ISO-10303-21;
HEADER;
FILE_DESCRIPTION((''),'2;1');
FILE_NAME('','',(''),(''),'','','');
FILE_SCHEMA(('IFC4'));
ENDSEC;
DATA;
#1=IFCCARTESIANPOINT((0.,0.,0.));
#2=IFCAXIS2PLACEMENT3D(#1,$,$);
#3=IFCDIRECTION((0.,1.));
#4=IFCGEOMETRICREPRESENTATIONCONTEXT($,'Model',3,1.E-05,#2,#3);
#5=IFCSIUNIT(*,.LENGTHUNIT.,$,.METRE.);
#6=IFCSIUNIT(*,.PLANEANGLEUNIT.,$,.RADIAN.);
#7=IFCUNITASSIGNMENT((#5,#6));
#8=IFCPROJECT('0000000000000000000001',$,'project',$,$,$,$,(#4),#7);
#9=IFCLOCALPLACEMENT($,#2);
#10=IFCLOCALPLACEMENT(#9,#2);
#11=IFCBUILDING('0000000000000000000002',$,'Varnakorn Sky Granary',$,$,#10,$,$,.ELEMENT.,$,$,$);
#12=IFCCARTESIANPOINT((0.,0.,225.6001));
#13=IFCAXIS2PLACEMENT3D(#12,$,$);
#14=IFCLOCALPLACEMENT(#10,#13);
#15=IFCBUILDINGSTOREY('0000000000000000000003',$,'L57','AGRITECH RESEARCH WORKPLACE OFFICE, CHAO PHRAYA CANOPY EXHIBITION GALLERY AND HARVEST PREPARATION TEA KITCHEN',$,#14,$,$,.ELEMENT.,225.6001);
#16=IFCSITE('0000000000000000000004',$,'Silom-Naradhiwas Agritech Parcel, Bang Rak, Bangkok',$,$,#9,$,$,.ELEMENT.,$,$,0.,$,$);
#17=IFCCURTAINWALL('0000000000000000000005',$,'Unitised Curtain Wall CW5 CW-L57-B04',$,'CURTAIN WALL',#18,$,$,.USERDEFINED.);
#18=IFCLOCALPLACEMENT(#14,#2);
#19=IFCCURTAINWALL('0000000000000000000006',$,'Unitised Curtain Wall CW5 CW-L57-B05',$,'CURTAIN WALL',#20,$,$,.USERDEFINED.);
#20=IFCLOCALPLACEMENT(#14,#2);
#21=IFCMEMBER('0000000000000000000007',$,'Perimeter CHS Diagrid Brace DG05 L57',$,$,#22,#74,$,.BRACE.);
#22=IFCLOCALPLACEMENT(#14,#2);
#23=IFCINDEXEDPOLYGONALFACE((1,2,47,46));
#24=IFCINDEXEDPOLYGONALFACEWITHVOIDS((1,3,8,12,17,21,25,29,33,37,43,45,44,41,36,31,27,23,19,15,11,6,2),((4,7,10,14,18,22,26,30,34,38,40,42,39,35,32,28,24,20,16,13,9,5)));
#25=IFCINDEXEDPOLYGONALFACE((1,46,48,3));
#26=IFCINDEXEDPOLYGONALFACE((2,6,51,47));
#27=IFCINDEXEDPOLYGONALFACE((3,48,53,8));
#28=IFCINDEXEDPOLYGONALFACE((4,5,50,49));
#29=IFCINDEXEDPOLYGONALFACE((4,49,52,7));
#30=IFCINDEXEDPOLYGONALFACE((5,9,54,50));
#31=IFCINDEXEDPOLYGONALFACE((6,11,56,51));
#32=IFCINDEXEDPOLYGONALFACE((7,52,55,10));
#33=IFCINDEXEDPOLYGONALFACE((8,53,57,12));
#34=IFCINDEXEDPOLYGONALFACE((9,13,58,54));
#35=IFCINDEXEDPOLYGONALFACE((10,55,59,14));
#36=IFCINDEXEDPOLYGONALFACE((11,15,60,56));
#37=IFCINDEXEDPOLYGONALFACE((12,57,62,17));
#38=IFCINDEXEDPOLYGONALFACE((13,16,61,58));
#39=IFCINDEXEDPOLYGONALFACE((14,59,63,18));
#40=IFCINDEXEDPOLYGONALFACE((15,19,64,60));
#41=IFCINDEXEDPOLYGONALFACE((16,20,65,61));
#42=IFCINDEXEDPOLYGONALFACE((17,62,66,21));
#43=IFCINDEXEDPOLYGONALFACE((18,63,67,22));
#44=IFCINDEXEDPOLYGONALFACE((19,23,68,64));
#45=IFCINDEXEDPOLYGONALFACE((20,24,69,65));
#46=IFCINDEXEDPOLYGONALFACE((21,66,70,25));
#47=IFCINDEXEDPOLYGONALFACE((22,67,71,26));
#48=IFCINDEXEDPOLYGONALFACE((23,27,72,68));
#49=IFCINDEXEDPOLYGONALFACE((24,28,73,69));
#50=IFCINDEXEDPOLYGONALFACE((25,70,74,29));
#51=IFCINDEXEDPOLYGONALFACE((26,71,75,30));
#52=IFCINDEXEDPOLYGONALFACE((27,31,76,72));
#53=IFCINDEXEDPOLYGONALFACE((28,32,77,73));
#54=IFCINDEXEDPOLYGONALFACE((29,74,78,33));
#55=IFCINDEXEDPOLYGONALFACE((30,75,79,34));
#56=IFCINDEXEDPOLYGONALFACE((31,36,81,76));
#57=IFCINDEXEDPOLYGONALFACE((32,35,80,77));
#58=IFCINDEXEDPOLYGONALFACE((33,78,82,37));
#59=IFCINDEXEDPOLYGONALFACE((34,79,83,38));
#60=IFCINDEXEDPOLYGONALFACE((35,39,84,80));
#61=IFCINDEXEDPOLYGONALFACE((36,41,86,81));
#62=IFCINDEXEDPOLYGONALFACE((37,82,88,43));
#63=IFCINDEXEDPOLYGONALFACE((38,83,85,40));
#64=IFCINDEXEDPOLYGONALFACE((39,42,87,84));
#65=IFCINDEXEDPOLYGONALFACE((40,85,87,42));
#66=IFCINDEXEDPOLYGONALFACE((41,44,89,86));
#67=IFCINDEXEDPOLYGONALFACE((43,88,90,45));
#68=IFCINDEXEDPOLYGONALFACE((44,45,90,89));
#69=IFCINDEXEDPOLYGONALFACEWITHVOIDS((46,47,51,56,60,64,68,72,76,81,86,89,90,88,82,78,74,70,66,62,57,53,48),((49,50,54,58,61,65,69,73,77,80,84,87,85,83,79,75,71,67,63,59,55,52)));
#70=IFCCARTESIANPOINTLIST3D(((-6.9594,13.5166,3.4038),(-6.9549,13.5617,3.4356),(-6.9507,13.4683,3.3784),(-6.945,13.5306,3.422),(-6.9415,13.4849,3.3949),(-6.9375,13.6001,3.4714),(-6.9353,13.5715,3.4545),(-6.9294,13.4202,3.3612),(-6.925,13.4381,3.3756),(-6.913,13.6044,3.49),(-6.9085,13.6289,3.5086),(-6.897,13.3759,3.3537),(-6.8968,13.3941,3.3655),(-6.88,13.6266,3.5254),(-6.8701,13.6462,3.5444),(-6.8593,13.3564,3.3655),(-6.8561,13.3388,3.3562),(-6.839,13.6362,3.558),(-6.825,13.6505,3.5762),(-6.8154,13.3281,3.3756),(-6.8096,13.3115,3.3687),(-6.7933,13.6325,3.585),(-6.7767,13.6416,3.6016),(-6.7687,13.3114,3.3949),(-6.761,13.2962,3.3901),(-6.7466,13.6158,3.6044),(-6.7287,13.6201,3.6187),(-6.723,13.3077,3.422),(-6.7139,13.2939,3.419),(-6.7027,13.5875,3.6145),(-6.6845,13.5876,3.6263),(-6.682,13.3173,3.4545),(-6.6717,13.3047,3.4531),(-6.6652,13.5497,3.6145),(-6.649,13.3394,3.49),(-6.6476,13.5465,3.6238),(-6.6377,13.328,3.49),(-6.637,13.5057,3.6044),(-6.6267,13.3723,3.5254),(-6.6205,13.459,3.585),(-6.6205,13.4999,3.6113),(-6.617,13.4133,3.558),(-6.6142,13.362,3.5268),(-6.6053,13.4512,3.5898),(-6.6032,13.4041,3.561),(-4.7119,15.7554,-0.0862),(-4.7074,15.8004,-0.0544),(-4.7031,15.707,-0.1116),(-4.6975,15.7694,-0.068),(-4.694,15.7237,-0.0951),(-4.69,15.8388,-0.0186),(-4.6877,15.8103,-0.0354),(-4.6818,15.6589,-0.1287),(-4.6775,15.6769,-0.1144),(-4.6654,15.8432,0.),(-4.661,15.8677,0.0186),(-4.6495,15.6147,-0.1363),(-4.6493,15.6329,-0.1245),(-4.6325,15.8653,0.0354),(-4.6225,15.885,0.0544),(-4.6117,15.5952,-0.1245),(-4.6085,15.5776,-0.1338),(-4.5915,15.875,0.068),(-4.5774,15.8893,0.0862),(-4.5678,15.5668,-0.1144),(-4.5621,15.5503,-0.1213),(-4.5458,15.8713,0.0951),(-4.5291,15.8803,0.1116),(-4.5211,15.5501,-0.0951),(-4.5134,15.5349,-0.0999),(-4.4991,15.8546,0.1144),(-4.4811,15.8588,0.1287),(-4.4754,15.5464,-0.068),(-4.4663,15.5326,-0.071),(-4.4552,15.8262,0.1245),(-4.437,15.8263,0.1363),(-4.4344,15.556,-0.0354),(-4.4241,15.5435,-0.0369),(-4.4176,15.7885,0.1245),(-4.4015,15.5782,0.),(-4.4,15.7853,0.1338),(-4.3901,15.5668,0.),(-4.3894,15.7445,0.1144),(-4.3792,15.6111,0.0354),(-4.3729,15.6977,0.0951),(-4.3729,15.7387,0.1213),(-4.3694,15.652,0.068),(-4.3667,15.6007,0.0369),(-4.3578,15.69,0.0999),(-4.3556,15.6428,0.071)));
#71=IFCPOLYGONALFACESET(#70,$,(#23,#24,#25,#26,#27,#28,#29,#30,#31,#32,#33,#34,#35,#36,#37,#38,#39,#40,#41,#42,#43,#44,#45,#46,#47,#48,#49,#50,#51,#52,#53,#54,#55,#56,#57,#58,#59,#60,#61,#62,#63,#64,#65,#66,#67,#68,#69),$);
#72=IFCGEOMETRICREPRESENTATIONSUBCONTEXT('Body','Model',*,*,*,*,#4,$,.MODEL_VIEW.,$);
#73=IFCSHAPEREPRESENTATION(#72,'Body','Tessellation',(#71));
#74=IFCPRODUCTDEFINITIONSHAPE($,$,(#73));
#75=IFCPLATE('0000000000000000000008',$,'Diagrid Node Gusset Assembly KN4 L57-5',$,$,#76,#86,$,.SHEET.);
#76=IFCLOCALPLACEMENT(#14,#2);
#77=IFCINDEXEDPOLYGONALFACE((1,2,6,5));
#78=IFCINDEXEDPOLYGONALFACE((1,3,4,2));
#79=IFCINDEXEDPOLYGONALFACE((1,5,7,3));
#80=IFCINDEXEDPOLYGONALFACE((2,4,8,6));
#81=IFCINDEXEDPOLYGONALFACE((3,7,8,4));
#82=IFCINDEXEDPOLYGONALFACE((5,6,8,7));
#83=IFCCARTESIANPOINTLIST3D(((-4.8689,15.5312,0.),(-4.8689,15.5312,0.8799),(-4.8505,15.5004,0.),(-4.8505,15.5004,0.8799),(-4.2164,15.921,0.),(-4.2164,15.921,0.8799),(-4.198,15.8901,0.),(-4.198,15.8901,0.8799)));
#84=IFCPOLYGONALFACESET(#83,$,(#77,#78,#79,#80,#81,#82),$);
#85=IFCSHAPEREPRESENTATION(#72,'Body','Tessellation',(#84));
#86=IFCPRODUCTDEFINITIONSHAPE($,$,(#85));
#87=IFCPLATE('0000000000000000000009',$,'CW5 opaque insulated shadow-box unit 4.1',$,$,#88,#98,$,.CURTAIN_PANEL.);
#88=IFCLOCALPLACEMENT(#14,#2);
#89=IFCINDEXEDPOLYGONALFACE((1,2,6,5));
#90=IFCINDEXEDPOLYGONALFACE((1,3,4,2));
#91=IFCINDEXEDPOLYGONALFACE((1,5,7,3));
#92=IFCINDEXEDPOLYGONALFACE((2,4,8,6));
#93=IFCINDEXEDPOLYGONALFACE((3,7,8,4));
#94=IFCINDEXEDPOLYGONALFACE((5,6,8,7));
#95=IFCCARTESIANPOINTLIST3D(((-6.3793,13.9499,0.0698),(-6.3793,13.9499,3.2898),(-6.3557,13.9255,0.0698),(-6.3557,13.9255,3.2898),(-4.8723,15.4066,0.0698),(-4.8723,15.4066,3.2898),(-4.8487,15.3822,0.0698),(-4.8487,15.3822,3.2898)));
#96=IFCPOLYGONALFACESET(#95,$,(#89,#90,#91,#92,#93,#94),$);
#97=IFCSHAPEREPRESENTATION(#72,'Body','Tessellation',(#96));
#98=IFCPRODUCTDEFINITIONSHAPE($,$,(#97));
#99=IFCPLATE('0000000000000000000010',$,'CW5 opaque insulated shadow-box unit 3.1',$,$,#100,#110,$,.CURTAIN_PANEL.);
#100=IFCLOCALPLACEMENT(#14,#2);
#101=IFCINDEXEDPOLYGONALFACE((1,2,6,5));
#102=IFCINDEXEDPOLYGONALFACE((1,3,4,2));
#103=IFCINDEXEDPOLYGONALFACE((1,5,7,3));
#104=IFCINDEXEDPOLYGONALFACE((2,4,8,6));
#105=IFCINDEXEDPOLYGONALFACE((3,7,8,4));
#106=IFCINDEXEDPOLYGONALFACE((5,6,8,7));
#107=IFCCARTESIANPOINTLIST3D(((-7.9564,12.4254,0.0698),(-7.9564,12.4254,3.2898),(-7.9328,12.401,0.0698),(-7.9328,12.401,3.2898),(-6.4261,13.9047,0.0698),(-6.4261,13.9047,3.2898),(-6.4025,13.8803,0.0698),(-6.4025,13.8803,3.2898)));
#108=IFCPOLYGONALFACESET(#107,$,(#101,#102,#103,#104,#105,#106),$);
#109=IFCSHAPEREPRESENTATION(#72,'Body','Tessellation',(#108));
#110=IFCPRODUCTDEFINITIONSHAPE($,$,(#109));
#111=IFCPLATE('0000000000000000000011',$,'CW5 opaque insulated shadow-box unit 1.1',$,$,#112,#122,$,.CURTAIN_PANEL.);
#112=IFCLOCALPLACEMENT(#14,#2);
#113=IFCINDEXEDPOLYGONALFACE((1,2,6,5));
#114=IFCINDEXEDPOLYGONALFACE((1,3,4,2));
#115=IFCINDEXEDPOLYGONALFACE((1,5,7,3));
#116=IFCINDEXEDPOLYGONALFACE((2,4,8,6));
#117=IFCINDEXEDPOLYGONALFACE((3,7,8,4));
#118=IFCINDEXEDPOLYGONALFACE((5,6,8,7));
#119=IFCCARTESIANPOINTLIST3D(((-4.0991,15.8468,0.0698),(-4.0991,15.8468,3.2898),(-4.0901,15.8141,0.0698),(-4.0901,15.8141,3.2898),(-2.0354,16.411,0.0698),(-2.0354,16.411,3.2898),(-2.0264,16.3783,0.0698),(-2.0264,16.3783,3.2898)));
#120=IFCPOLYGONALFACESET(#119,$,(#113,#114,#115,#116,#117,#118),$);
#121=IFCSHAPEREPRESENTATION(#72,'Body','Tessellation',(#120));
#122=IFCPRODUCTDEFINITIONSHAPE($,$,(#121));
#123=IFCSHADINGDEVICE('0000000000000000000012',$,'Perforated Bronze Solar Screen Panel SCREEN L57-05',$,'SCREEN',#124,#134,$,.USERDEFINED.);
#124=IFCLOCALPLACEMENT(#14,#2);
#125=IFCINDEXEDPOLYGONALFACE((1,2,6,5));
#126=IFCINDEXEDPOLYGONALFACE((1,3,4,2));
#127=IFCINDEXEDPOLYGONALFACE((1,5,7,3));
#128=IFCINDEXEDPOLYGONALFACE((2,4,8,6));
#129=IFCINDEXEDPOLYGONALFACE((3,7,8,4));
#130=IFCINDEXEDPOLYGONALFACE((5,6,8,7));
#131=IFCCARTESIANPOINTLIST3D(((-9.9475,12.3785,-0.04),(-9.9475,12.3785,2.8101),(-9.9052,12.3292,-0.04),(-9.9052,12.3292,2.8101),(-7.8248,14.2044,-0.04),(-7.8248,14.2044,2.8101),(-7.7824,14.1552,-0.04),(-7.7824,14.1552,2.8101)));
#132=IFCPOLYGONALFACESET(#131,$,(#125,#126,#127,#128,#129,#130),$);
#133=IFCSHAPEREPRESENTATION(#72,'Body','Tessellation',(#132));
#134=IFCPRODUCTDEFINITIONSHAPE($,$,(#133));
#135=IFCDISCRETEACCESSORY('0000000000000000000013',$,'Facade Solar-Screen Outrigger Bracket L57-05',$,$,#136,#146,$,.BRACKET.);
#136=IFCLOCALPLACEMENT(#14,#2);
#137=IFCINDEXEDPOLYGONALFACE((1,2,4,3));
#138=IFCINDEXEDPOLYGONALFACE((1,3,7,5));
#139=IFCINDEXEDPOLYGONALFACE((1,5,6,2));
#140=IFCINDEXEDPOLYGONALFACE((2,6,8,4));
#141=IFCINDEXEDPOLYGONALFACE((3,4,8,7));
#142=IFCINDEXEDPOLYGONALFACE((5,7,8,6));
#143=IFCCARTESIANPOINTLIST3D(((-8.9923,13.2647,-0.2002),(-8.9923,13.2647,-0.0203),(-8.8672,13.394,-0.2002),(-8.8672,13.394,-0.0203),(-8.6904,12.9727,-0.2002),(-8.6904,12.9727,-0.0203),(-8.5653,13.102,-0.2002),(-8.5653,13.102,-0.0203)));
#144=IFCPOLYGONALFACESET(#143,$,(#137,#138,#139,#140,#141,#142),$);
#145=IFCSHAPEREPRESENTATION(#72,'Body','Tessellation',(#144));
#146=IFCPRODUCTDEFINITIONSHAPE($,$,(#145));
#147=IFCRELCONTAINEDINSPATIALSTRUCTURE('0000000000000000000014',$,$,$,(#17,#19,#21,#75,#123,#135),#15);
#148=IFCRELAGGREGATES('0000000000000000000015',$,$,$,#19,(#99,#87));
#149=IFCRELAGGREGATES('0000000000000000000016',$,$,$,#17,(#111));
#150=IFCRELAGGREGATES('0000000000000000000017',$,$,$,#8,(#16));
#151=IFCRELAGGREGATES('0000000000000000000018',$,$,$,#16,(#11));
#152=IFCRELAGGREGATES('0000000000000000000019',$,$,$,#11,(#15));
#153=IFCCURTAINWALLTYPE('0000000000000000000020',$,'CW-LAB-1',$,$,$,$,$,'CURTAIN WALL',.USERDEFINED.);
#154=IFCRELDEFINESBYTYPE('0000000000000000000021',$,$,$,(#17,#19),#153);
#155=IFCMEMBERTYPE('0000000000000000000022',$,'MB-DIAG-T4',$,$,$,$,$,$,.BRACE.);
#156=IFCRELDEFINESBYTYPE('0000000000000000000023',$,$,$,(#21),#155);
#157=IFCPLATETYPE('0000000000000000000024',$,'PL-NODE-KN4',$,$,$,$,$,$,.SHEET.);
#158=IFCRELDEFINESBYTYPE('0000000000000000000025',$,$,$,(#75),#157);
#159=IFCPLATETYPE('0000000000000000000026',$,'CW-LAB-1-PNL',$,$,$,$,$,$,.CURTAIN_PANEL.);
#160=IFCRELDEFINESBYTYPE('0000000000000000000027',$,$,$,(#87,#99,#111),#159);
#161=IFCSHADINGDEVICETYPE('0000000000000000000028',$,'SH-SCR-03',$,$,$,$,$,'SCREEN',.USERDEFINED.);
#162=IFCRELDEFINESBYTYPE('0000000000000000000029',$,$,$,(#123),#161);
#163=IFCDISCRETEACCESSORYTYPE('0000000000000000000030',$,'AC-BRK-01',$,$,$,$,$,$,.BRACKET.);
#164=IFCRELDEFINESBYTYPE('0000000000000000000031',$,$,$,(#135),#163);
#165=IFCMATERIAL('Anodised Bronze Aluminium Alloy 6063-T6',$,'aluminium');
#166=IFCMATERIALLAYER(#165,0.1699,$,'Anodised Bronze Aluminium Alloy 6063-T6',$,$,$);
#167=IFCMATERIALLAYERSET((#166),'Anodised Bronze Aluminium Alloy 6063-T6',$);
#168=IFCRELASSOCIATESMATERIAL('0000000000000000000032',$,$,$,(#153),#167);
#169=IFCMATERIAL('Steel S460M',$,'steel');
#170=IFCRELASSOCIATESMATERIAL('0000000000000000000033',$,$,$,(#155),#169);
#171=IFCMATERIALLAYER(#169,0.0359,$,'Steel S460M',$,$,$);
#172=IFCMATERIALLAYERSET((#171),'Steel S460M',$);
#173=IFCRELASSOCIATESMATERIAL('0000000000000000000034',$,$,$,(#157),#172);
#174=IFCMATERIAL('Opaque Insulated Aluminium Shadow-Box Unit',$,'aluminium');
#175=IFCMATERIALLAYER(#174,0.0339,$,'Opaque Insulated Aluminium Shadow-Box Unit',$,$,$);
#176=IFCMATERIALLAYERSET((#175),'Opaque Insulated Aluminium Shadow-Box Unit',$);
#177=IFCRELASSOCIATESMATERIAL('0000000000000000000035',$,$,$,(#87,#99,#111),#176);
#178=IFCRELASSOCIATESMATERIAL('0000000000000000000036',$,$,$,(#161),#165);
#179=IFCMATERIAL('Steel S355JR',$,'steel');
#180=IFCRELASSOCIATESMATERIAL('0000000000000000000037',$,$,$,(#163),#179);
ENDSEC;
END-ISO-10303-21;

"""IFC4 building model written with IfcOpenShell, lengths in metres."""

from ifc_helpers import new_model, si_unit, direction, frame, origin, origin_2d, place, context, subcontext, project, spatial, rectangle, hollow_circle, extrude, source, transform, mapped, material, layer, layer_set, material_profile, profile_set, type_object, type_shapes, element, aggregate, save


model = new_model("IFC4")

# Units and contexts
model_context = context("Model", 3, precision=1e-05, world=origin(), true_north=direction((0.0, 1.0)))
body_context = subcontext(model_context, "Body", "Model", "MODEL_VIEW")
ifc_project = project(units=[si_unit("LENGTHUNIT", "METRE"), si_unit("PLANEANGLEUNIT", "RADIAN")], contexts=[model_context])

# Site, building, storey
site_placement = place(None, origin())
site = spatial("IfcSite", under=ifc_project, at=site_placement, Name="Silom-Naradhiwas Agritech Parcel, Bang Rak, Bangkok", CompositionType="ELEMENT", RefElevation=0.0)
building_placement = place(site_placement, origin())
building = spatial("IfcBuilding", under=site, at=building_placement, Name="Varnakorn Sky Granary", CompositionType="ELEMENT")
storey_placement = place(building_placement, frame((0.0, 0.0, 225.6001)))
storey = spatial("IfcBuildingStorey", under=building, at=storey_placement, Name="L57", Description="AGRITECH RESEARCH WORKPLACE OFFICE, CHAO PHRAYA CANOPY EXHIBITION GALLERY AND HARVEST PREPARATION TEA KITCHEN", CompositionType="ELEMENT", Elevation=225.6001)

# Shared definitions
ifc_material_1 = material(Name="Steel S460M", Category="steel")

# Shared definitions
ifc_material_2 = material(Name="Steel S355JR", Category="steel")

# Curtain wall
ifc_material_3 = material(Name="Anodised Bronze Aluminium Alloy 6063-T6", Category="aluminium")
ifc_layer_1 = layer(ifc_material_3, 0.1699, Name="Anodised Bronze Aluminium Alloy 6063-T6")
ifc_layer_set_1 = layer_set([ifc_layer_1], Name="Anodised Bronze Aluminium Alloy 6063-T6")
curtain_wall_type = type_object("IfcCurtainWallType", Name="CW-LAB-1", ElementType="CURTAIN WALL", PredefinedType="USERDEFINED", material=ifc_layer_set_1)
curtain_wall_1_placement = place(storey_placement, origin())
curtain_wall_1 = element("IfcCurtainWall", 1, at=curtain_wall_1_placement, inside=storey, type_object=curtain_wall_type, Name="Unitised Curtain Wall CW5 CW-L57-B04", ObjectType="CURTAIN WALL", PredefinedType="USERDEFINED")

# Curtain wall
curtain_wall_2_placement = place(storey_placement, origin())
curtain_wall_2 = element("IfcCurtainWall", 2, at=curtain_wall_2_placement, inside=storey, type_object=curtain_wall_type, Name="Unitised Curtain Wall CW5 CW-L57-B05", ObjectType="CURTAIN WALL", PredefinedType="USERDEFINED")

# Member
ifc_material_profile_1 = material_profile(ifc_material_1, hollow_circle(Radius=0.2031, WallThickness=0.0161, at=origin_2d()), Name="CHS 406.4x16")
ifc_profile_set_1 = profile_set([ifc_material_profile_1], Name="Steel S460M")
member_type_1 = type_object("IfcMemberType", Name="MB-DIAG-T4", PredefinedType="BRACE", material=ifc_profile_set_1)
member_1_placement = place(storey_placement, frame((-4.5334, 15.7107, 0.0), z_axis=(-0.47655, -0.474686, 0.739982), x_axis=(0.70572, -0.708491, 0.0)))
element("IfcMember", 3, at=member_1_placement, inside=storey, type_object=member_type_1, Name="Perimeter CHS Diagrid Brace DG05 L57", PredefinedType="BRACE", context=body_context, shape_type="SweptSolid", body=[
    extrude(hollow_circle(Radius=0.2031, WallThickness=0.0161, at=origin_2d()), origin(), (0.0, 0.0, 1.0), 4.7163),
])

# Plates
ifc_layer_2 = layer(ifc_material_1, 0.0359, Name="Steel S460M")
ifc_layer_set_2 = layer_set([ifc_layer_2], Name="Steel S460M")
plate_type_1 = type_object("IfcPlateType", Name="PL-NODE-KN4", PredefinedType="SHEET", material=ifc_layer_set_2)
plate_1_placement = place(storey_placement, frame((-4.5334, 15.7107, 0.0), z_axis=(0.0, 0.0, 1.0), x_axis=(-0.858524, -0.512773, 0.0)))
element("IfcPlate", 4, at=plate_1_placement, inside=storey, type_object=plate_type_1, Name="Diagrid Node Gusset Assembly KN4 L57-5", PredefinedType="SHEET", context=body_context, shape_type="SweptSolid", body=[
    extrude(rectangle(XDim=0.76, YDim=0.0359, at=origin_2d()), origin(), (0.0, 0.0, 1.0), 0.8799),
])
ifc_material_4 = material(Name="Opaque Insulated Aluminium Shadow-Box Unit", Category="aluminium")
ifc_layer_3 = layer(ifc_material_4, 0.0339, Name="Opaque Insulated Aluminium Shadow-Box Unit")
ifc_layer_set_3 = layer_set([ifc_layer_3], Name="Opaque Insulated Aluminium Shadow-Box Unit")
plate_type_2 = type_object("IfcPlateType", Name="CW-LAB-1-PNL", PredefinedType="CURTAIN_PANEL")
shared_shape_1 = source(origin(), body_context, "Body", "SweptSolid", [
    extrude(rectangle(XDim=2.0959, YDim=0.0339, at=origin_2d()), origin(), (0.0, 0.0, 1.0), 3.22),
])
plate_2_placement = place(storey_placement, frame((-5.614, 14.666, 0.0698), z_axis=(0.0, 0.0, 1.0), x_axis=(0.719001, 0.695009, 0.0)))
plate_2 = element("IfcPlate", 5, at=plate_2_placement, type_object=plate_type_2, material=ifc_layer_set_3, Name="CW5 opaque insulated shadow-box unit 4.1", PredefinedType="CURTAIN_PANEL", context=body_context, shape_type="MappedRepresentation", body=[
    mapped(shared_shape_1, transform((0.0, 0.0, 0.0), x_axis=(1.0, 0.0, 0.0), y_axis=(0.0, 1.0, 0.0), z_axis=(0.0, 0.0, 1.0), scale=1.0)),
])
shared_shape_2 = source(origin(), body_context, "Body", "SweptSolid", [
    extrude(rectangle(XDim=2.1284, YDim=0.0339, at=origin_2d()), origin(), (0.0, 0.0, 1.0), 3.22),
])
plate_3_placement = place(storey_placement, frame((-7.1794, 13.1528, 0.0698), z_axis=(0.0, 0.0, 1.0), x_axis=(0.719001, 0.695009, 0.0)))
plate_3 = element("IfcPlate", 6, at=plate_3_placement, type_object=plate_type_2, material=ifc_layer_set_3, Name="CW5 opaque insulated shadow-box unit 3.1", PredefinedType="CURTAIN_PANEL", context=body_context, shape_type="MappedRepresentation", body=[
    mapped(shared_shape_2, transform((0.0, 0.0, 0.0), x_axis=(1.0, 0.0, 0.0), y_axis=(0.0, 1.0, 0.0), z_axis=(0.0, 0.0, 1.0), scale=1.0)),
])
aggregate(curtain_wall_2, [plate_3, plate_2])
shared_shape_3 = source(origin(), body_context, "Body", "SweptSolid", [
    extrude(rectangle(XDim=2.1394, YDim=0.0339, at=origin_2d()), origin(), (0.0, 0.0, 1.0), 3.22),
])
type_shapes(plate_type_2, [shared_shape_1, shared_shape_2, shared_shape_3])
plate_4_placement = place(storey_placement, frame((-3.0627, 16.1125, 0.0698), z_axis=(0.0, 0.0, 1.0), x_axis=(0.964597, 0.263727, 0.0)))
plate_4 = element("IfcPlate", 7, at=plate_4_placement, type_object=plate_type_2, material=ifc_layer_set_3, Name="CW5 opaque insulated shadow-box unit 1.1", PredefinedType="CURTAIN_PANEL", context=body_context, shape_type="MappedRepresentation", body=[
    mapped(shared_shape_3, transform((0.0, 0.0, 0.0), x_axis=(1.0, 0.0, 0.0), y_axis=(0.0, 1.0, 0.0), z_axis=(0.0, 0.0, 1.0), scale=1.0)),
])
aggregate(curtain_wall_1, [plate_4])

# Shading device
shading_device_type = type_object("IfcShadingDeviceType", Name="SH-SCR-03", ElementType="SCREEN", PredefinedType="USERDEFINED", material=ifc_material_3)
shared_shape_4 = source(origin(), body_context, "Body", "SweptSolid", [
    extrude(rectangle(XDim=2.8, YDim=0.0649, at=origin_2d()), origin(), (0.0, 0.0, 1.0), 2.8501),
])
type_shapes(shading_device_type, [shared_shape_4])
shading_device_placement = place(storey_placement, frame((-8.865, 13.2668, -0.04), z_axis=(0.0, 0.0, 1.0), x_axis=(-0.758114, -0.652121, 0.0)))
element("IfcShadingDevice", 8, at=shading_device_placement, inside=storey, type_object=shading_device_type, Name="Perforated Bronze Solar Screen Panel SCREEN L57-05", ObjectType="SCREEN", PredefinedType="USERDEFINED", context=body_context, shape_type="MappedRepresentation", body=[
    mapped(shared_shape_4, transform((0.0, 0.0, 0.0), x_axis=(1.0, 0.0, 0.0), y_axis=(0.0, 1.0, 0.0), z_axis=(0.0, 0.0, 1.0), scale=1.0)),
])

# Discrete accessory
discrete_accessory_type = type_object("IfcDiscreteAccessoryType", Name="AC-BRK-01", PredefinedType="BRACKET", material=ifc_material_2)
shared_shape_5 = source(origin(), body_context, "Body", "SweptSolid", [
    extrude(rectangle(XDim=0.1799, YDim=0.4199, at=origin_2d()), origin(), (0.0, 0.0, 1.0), 0.1799),
])
type_shapes(discrete_accessory_type, [shared_shape_5])
discrete_accessory_placement = place(storey_placement, frame((-8.7788, 13.1833, -0.2002), z_axis=(0.0, 0.0, 1.0), x_axis=(-0.695264, -0.718755, 0.0)))
element("IfcDiscreteAccessory", 9, at=discrete_accessory_placement, inside=storey, type_object=discrete_accessory_type, Name="Facade Solar-Screen Outrigger Bracket L57-05", PredefinedType="BRACKET", context=body_context, shape_type="MappedRepresentation", body=[
    mapped(shared_shape_5, transform((0.0, 0.0, 0.0), x_axis=(1.0, 0.0, 0.0), y_axis=(0.0, 1.0, 0.0), z_axis=(0.0, 0.0, 1.0), scale=1.0)),
])

save(model, "model.ifc")
